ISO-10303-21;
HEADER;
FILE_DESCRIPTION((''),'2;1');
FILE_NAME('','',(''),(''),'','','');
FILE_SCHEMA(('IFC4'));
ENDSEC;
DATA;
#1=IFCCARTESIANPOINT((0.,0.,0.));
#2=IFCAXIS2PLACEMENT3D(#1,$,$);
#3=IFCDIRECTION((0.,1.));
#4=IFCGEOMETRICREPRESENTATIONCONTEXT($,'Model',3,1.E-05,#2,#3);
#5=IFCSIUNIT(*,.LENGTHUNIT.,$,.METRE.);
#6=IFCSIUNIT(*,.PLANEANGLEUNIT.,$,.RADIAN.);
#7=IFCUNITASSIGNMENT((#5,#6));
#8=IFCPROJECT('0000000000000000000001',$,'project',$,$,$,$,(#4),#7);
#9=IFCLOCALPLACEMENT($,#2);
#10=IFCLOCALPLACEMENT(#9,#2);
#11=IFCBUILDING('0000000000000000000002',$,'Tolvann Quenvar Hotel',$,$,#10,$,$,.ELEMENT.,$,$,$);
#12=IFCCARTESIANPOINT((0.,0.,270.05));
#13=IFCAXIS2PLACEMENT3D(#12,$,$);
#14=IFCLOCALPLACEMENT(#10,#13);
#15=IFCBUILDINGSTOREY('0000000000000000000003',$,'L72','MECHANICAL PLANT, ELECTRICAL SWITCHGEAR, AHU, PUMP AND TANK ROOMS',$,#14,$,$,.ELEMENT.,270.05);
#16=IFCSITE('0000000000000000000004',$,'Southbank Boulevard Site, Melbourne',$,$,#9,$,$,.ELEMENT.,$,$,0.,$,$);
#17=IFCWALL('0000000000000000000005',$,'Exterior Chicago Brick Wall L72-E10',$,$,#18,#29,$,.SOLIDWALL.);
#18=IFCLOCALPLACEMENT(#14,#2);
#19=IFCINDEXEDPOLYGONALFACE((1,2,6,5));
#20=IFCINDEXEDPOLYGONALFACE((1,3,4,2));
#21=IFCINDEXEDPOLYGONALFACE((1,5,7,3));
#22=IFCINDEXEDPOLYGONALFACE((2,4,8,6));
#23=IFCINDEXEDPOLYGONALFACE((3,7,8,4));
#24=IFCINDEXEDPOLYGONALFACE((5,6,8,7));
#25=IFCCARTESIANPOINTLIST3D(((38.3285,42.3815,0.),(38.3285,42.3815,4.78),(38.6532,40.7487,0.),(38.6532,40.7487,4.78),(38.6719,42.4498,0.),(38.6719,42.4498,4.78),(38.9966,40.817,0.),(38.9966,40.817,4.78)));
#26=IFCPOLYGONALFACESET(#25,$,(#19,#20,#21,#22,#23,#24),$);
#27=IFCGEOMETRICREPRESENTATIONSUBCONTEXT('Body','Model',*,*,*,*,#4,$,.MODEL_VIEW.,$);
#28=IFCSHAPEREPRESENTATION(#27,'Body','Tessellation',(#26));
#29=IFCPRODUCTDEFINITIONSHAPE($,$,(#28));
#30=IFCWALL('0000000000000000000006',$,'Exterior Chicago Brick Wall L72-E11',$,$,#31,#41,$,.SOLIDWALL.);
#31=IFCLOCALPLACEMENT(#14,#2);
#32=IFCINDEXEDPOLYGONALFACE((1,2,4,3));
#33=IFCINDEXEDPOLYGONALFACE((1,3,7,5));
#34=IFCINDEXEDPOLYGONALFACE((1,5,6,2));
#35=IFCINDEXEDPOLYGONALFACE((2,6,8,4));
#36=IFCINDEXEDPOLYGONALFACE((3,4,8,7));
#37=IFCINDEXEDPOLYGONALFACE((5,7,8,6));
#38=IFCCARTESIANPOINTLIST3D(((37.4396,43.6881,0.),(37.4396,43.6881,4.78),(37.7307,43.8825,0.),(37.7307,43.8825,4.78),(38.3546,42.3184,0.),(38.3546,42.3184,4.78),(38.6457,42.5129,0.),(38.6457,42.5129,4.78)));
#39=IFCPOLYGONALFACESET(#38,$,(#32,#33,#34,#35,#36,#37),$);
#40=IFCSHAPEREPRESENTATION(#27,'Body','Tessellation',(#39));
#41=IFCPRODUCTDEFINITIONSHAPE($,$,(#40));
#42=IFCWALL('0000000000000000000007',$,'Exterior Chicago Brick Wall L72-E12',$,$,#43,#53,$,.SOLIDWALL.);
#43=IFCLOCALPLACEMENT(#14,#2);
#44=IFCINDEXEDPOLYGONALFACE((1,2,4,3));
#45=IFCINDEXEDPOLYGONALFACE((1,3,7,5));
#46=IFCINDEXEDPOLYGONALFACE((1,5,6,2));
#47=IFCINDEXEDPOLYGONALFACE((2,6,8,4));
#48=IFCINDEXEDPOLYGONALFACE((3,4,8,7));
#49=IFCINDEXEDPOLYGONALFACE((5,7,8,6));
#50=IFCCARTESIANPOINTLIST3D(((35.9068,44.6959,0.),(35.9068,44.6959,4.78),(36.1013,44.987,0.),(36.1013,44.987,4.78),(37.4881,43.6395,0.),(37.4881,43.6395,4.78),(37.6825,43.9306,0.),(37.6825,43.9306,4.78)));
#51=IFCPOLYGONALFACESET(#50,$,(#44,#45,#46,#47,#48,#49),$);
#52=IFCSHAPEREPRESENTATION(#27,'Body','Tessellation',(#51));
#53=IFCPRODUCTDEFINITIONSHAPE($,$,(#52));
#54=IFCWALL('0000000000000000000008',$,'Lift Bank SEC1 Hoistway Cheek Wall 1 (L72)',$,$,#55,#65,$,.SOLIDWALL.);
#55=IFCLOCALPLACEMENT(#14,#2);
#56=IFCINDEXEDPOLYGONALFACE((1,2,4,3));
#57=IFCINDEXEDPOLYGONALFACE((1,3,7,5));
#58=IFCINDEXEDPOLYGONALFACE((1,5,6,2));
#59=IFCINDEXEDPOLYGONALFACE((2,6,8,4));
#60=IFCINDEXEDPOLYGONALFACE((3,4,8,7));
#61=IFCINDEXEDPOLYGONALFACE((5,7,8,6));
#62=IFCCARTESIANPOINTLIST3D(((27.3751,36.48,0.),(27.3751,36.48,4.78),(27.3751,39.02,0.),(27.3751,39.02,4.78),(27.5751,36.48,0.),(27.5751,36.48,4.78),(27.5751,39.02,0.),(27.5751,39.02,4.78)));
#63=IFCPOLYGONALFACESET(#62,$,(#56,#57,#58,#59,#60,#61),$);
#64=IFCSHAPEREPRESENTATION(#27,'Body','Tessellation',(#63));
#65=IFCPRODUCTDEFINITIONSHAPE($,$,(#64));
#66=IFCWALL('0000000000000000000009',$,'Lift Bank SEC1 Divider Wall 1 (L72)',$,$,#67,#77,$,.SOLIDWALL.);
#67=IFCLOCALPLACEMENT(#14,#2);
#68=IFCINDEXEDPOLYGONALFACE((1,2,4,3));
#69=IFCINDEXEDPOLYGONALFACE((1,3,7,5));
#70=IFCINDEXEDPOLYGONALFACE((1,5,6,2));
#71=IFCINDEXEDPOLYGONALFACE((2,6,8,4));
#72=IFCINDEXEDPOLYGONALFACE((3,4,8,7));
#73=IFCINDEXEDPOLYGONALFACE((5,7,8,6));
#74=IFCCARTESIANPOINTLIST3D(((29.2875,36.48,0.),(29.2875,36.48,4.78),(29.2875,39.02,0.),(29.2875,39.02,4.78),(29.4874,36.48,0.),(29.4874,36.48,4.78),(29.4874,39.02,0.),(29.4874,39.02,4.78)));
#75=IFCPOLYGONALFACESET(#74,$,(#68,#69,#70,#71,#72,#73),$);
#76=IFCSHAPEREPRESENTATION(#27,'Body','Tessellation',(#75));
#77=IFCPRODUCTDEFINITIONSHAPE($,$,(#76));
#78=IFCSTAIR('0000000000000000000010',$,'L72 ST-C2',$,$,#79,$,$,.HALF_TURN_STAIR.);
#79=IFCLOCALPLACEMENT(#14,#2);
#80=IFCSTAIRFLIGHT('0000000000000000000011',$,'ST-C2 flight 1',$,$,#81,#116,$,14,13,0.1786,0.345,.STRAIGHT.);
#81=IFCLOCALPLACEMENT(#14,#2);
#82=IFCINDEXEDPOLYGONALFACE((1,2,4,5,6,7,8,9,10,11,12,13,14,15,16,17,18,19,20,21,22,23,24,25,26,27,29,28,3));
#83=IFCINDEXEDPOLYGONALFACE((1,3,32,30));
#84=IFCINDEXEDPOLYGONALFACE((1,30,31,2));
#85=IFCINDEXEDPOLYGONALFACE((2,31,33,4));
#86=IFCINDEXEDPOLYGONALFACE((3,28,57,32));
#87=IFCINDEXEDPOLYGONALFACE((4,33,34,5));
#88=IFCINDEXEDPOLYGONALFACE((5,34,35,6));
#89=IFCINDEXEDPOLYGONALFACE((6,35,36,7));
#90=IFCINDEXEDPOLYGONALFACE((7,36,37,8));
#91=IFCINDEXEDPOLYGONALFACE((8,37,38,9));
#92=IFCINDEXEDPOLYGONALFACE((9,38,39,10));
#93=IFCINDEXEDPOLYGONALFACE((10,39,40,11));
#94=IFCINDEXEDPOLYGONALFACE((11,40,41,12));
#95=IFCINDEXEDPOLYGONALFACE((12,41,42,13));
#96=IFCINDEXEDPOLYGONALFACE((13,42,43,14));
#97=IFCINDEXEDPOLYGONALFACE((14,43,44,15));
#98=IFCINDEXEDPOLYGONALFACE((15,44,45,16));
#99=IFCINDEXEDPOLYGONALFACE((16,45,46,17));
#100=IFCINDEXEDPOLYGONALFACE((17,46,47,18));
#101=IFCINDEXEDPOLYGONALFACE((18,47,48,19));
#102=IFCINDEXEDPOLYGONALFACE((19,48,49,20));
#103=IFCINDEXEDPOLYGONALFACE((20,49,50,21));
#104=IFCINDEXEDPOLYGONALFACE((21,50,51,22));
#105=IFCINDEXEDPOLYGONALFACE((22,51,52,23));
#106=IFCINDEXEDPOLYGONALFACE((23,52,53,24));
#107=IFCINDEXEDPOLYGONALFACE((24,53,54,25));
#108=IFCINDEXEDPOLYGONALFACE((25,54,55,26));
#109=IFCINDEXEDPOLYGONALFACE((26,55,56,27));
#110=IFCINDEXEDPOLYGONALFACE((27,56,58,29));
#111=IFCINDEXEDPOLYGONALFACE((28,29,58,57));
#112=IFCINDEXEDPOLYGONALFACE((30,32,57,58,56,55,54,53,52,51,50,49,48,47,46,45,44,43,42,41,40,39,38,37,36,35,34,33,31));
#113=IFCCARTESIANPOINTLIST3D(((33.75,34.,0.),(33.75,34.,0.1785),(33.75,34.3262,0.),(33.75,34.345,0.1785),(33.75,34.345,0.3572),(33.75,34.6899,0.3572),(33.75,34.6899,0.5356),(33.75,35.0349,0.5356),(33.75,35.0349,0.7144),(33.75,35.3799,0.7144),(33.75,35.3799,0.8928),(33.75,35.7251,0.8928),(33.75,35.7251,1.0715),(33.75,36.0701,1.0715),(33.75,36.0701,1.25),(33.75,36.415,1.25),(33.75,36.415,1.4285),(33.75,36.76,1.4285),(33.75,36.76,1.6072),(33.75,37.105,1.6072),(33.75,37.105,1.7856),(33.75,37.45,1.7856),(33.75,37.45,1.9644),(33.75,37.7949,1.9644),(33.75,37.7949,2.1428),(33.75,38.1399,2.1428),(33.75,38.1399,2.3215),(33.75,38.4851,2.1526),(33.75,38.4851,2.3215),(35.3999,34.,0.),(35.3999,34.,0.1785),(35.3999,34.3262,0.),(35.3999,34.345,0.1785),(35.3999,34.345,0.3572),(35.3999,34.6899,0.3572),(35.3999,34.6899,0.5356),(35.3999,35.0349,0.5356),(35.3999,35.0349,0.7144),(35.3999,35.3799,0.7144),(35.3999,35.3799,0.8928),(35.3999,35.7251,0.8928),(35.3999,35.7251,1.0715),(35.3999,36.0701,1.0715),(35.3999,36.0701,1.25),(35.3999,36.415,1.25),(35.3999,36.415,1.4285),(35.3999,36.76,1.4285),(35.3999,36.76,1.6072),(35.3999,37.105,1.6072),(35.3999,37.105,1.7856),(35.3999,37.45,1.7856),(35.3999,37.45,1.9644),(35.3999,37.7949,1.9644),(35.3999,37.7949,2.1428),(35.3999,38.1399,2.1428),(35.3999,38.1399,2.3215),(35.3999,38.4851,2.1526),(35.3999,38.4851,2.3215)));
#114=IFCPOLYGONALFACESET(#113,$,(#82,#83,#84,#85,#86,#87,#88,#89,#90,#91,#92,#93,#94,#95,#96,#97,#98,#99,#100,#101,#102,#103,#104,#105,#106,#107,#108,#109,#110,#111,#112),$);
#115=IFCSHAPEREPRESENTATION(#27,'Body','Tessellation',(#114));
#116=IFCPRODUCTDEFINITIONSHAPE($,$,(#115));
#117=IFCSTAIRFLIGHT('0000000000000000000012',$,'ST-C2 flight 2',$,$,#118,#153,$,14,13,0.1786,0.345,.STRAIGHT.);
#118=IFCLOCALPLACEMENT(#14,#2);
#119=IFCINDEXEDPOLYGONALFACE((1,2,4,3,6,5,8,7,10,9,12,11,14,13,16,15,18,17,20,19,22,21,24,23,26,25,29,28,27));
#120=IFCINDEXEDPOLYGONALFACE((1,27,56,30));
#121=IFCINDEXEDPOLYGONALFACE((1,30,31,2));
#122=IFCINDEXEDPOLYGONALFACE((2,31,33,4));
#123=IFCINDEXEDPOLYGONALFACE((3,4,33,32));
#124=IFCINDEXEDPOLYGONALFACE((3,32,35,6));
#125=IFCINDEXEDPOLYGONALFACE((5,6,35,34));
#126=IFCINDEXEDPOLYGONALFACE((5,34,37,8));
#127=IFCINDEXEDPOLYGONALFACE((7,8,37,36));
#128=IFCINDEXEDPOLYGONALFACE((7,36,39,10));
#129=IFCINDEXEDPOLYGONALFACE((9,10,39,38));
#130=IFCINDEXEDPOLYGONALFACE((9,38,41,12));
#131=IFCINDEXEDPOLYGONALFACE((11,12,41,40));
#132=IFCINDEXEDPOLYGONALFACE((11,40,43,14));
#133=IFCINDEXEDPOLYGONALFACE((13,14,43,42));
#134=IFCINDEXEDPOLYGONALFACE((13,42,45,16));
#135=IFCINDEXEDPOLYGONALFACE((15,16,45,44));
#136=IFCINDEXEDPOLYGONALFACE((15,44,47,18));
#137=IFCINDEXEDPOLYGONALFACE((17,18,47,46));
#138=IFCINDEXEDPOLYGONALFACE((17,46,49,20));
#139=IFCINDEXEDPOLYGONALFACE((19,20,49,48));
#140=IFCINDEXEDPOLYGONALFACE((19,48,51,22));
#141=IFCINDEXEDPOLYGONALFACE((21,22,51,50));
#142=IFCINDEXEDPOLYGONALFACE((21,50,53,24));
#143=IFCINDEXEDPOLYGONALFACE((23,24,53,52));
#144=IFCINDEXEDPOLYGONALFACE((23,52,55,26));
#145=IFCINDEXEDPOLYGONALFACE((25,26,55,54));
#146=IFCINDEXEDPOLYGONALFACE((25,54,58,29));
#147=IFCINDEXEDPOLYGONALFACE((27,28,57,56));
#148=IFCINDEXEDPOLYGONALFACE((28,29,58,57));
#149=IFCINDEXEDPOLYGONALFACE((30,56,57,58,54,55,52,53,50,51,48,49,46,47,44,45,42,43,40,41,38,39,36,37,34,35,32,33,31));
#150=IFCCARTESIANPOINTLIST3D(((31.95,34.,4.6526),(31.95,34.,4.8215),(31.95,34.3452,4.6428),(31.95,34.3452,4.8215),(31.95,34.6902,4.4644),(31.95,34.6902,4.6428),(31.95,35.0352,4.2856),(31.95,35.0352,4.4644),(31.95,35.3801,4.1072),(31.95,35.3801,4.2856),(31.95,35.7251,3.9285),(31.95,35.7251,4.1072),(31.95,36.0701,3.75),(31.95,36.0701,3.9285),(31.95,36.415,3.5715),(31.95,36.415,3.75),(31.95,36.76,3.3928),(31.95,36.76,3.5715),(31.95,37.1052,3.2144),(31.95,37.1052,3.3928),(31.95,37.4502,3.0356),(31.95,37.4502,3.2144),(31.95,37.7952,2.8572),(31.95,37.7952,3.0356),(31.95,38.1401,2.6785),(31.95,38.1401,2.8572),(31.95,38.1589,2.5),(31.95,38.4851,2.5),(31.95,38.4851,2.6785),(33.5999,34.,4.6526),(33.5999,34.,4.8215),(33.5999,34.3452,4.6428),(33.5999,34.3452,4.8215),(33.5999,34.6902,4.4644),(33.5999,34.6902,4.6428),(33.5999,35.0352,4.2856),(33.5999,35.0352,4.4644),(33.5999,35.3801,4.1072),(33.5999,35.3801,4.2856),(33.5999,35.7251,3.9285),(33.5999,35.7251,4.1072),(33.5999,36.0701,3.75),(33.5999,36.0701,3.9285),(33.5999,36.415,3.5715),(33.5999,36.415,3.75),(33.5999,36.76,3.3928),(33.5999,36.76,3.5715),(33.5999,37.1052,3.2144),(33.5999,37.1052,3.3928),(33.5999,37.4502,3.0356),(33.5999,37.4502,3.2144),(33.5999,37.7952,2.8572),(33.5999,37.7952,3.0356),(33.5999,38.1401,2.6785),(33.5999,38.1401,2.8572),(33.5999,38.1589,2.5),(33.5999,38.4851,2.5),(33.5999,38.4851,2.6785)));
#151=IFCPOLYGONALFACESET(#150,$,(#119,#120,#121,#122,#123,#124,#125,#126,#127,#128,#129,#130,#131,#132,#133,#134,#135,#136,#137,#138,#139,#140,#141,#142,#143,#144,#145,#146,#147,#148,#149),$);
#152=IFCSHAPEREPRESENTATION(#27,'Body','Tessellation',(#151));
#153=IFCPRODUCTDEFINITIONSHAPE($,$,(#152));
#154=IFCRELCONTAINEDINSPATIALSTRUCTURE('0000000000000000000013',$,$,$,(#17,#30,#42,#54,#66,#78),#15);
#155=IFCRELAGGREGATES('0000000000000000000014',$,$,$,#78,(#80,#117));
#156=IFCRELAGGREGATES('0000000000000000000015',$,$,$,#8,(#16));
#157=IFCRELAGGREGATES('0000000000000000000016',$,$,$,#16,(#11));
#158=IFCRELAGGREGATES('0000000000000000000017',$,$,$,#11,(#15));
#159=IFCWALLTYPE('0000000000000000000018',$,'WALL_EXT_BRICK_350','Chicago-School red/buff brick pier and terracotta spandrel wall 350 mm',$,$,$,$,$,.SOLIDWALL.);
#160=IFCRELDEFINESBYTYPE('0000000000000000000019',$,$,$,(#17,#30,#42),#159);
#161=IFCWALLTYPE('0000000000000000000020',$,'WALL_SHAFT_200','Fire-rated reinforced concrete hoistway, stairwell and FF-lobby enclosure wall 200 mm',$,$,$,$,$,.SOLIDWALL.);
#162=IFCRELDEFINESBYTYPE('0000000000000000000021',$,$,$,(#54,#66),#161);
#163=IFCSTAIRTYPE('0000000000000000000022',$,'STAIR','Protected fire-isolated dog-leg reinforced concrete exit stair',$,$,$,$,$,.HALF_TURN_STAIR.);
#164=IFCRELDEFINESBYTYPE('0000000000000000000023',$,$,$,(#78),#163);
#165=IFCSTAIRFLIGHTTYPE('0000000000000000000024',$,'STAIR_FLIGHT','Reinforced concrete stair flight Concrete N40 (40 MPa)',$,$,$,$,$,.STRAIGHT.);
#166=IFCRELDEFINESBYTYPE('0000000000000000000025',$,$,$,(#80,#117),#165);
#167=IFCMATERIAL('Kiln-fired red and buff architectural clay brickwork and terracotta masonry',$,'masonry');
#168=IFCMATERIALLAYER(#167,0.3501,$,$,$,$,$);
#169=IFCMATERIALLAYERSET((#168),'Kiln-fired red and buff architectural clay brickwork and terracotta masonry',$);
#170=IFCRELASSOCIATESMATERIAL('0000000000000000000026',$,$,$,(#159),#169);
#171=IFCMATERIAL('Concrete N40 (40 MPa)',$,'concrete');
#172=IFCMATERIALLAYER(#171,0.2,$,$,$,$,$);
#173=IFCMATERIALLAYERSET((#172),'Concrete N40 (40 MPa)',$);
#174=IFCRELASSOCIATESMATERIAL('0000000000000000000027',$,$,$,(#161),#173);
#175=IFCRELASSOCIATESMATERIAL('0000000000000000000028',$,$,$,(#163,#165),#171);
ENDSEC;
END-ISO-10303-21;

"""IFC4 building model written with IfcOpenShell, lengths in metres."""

from ifc_helpers import new_model, si_unit, direction, frame, frame_2d, origin, place, context, subcontext, project, spatial, polyline, rectangle, outline, extrude, material, layer, layer_set, type_object, element, aggregate, save


model = new_model("IFC4")

# Units and contexts
model_context = context("Model", 3, precision=1e-05, world=origin(), true_north=direction((0.0, 1.0)))
body_context = subcontext(model_context, "Body", "Model", "MODEL_VIEW")
ifc_project = project(units=[si_unit("LENGTHUNIT", "METRE"), si_unit("PLANEANGLEUNIT", "RADIAN")], contexts=[model_context])

# Site, building, storey
site_placement = place(None, origin())
site = spatial("IfcSite", under=ifc_project, at=site_placement, Name="Southbank Boulevard Site, Melbourne", CompositionType="ELEMENT", RefElevation=0.0)
building_placement = place(site_placement, origin())
building = spatial("IfcBuilding", under=site, at=building_placement, Name="Tolvann Quenvar Hotel", CompositionType="ELEMENT")
storey_placement = place(building_placement, frame((0.0, 0.0, 270.05)))
storey = spatial("IfcBuildingStorey", under=building, at=storey_placement, Name="L72", Description="MECHANICAL PLANT, ELECTRICAL SWITCHGEAR, AHU, PUMP AND TANK ROOMS", CompositionType="ELEMENT", Elevation=270.05)

# Walls
ifc_material_1 = material(Name="Kiln-fired red and buff architectural clay brickwork and terracotta masonry", Category="masonry")
ifc_layer_1 = layer(ifc_material_1, 0.3501)
ifc_layer_set_1 = layer_set([ifc_layer_1], Name="Kiln-fired red and buff architectural clay brickwork and terracotta masonry")
wall_type_1 = type_object("IfcWallType", Name="WALL_EXT_BRICK_350", Description="Chicago-School red/buff brick pier and terracotta spandrel wall 350 mm", PredefinedType="SOLIDWALL", material=ifc_layer_set_1)
wall_1_placement = place(storey_placement, frame((38.825, 40.7827, 0.0), z_axis=(0.0, 0.0, 1.0), x_axis=(-0.195044, 0.980794, 0.0)))
element("IfcWall", 1, at=wall_1_placement, inside=storey, type_object=wall_type_1, Name="Exterior Chicago Brick Wall L72-E10", PredefinedType="SOLIDWALL", context=body_context, shape_type="SweptSolid", body=[
    extrude(rectangle(XDim=1.6648, YDim=0.3501, at=frame_2d((0.8325, 0.0))), origin(), (0.0, 0.0, 1.0), 4.78),
])
wall_2_placement = place(storey_placement, frame((38.5002, 42.4155, 0.0), z_axis=(0.0, 0.0, 1.0), x_axis=(-0.555521, 0.831503, 0.0)))
element("IfcWall", 2, at=wall_2_placement, inside=storey, type_object=wall_type_1, Name="Exterior Chicago Brick Wall L72-E11", PredefinedType="SOLIDWALL", context=body_context, shape_type="SweptSolid", body=[
    extrude(rectangle(XDim=1.6472, YDim=0.3501, at=frame_2d((0.8237, 0.0))), origin(), (0.0, 0.0, 1.0), 4.78),
])
wall_3_placement = place(storey_placement, frame((37.5852, 43.7852, 0.0), z_axis=(0.0, 0.0, 1.0), x_axis=(-0.831517, 0.5555, 0.0)))
element("IfcWall", 3, at=wall_3_placement, inside=storey, type_object=wall_type_1, Name="Exterior Chicago Brick Wall L72-E12", PredefinedType="SOLIDWALL", context=body_context, shape_type="SweptSolid", body=[
    extrude(rectangle(XDim=1.9016, YDim=0.3501, at=frame_2d((0.9507, 0.0))), origin(), (0.0, 0.0, 1.0), 4.78),
])
ifc_material_2 = material(Name="Concrete N40 (40 MPa)", Category="concrete")
ifc_layer_2 = layer(ifc_material_2, 0.2)
ifc_layer_set_2 = layer_set([ifc_layer_2], Name="Concrete N40 (40 MPa)")
wall_type_2 = type_object("IfcWallType", Name="WALL_SHAFT_200", Description="Fire-rated reinforced concrete hoistway, stairwell and FF-lobby enclosure wall 200 mm", PredefinedType="SOLIDWALL", material=ifc_layer_set_2)
for number, where, z_axis, x_axis, name in (
    (4, (27.4751, 36.48, 0.0), (0.0, 0.0, 1.0), (0.0, 1.0, 0.0), "Lift Bank SEC1 Hoistway Cheek Wall 1 (L72)"),
    (5, (29.3875, 36.48, 0.0), (0.0, 0.0, 1.0), (0.0, 1.0, 0.0), "Lift Bank SEC1 Divider Wall 1 (L72)"),
):
    element("IfcWall", number, at=place(storey_placement, frame(where, z_axis=z_axis, x_axis=x_axis)), inside=storey, type_object=wall_type_2, Name=name, PredefinedType="SOLIDWALL", context=body_context, shape_type="SweptSolid", body=[
        extrude(rectangle(XDim=2.54, YDim=0.2, at=frame_2d((1.27, 0.0))), origin(), (0.0, 0.0, 1.0), 4.78),
    ])

# Stair, stair flights
stair_type = type_object("IfcStairType", Name="STAIR", Description="Protected fire-isolated dog-leg reinforced concrete exit stair", PredefinedType="HALF_TURN_STAIR", material=ifc_material_2)
stair_placement = place(storey_placement, origin())
stair = element("IfcStair", 6, at=stair_placement, inside=storey, type_object=stair_type, Name="L72 ST-C2", PredefinedType="HALF_TURN_STAIR")
stair_flight_type = type_object("IfcStairFlightType", Name="STAIR_FLIGHT", Description="Reinforced concrete stair flight Concrete N40 (40 MPa)", PredefinedType="STRAIGHT", material=ifc_material_2)
stair_flight_1_placement = place(storey_placement, frame((34.575, 34.0, 0.0), z_axis=(0.0, 0.0, 1.0), x_axis=(0.0, 1.0, 0.0)))
stair_flight_1 = element("IfcStairFlight", 7, at=stair_flight_1_placement, type_object=stair_flight_type, Name="ST-C2 flight 1", NumberOfRisers=14, NumberOfTreads=13, PredefinedType="STRAIGHT", RiserHeight=0.1786, TreadLength=0.345, context=body_context, shape_type="SweptSolid", body=[
    extrude(outline(polyline([(0.0, 0.0), (0.0, 0.1785), (0.345, 0.1785), (0.345, 0.3572), (0.6899, 0.3572), (0.6899, 0.5356), (1.0349, 0.5356), (1.0349, 0.7144), (1.3799, 0.7144), (1.3799, 0.8928), (1.7251, 0.8928), (1.7251, 1.0715), (2.0701, 1.0715), (2.0701, 1.25), (2.415, 1.25), (2.415, 1.4285), (2.76, 1.4285), (2.76, 1.6072), (3.105, 1.6072), (3.105, 1.7856), (3.45, 1.7856), (3.45, 1.9644), (3.7949, 1.9644), (3.7949, 2.1428), (4.1399, 2.1428), (4.1399, 2.3215), (4.4851, 2.3215), (4.4851, 2.5), (4.4851, 2.1526), (0.3262, 0.0), (0.0, 0.0)])), frame((0.0, 0.825, 0.0), z_axis=(0.0, -1.0, 0.0), x_axis=(1.0, 0.0, 0.0)), (0.0, 0.0, 1.0), 1.6499),
])
stair_flight_2_placement = place(storey_placement, frame((32.7749, 38.4851, 2.5), z_axis=(0.0, 0.0, 1.0), x_axis=(0.0, -1.0, 0.0)))
stair_flight_2 = element("IfcStairFlight", 8, at=stair_flight_2_placement, type_object=stair_flight_type, Name="ST-C2 flight 2", NumberOfRisers=14, NumberOfTreads=13, PredefinedType="STRAIGHT", RiserHeight=0.1786, TreadLength=0.345, context=body_context, shape_type="SweptSolid", body=[
    extrude(outline(polyline([(0.0, 0.0), (0.0, 0.1785), (0.345, 0.1785), (0.345, 0.3572), (0.6899, 0.3572), (0.6899, 0.5356), (1.0349, 0.5356), (1.0349, 0.7144), (1.3799, 0.7144), (1.3799, 0.8928), (1.7251, 0.8928), (1.7251, 1.0715), (2.0701, 1.0715), (2.0701, 1.25), (2.415, 1.25), (2.415, 1.4285), (2.76, 1.4285), (2.76, 1.6072), (3.105, 1.6072), (3.105, 1.7856), (3.45, 1.7856), (3.45, 1.9644), (3.7949, 1.9644), (3.7949, 2.1428), (4.1399, 2.1428), (4.1399, 2.3215), (4.4851, 2.3215), (4.4851, 2.5), (4.4851, 2.1526), (0.3262, 0.0), (0.0, 0.0)])), frame((0.0, 0.825, 0.0), z_axis=(0.0, -1.0, 0.0), x_axis=(1.0, 0.0, 0.0)), (0.0, 0.0, 1.0), 1.6499),
])
aggregate(stair, [stair_flight_1, stair_flight_2])

save(model, "model.ifc")
